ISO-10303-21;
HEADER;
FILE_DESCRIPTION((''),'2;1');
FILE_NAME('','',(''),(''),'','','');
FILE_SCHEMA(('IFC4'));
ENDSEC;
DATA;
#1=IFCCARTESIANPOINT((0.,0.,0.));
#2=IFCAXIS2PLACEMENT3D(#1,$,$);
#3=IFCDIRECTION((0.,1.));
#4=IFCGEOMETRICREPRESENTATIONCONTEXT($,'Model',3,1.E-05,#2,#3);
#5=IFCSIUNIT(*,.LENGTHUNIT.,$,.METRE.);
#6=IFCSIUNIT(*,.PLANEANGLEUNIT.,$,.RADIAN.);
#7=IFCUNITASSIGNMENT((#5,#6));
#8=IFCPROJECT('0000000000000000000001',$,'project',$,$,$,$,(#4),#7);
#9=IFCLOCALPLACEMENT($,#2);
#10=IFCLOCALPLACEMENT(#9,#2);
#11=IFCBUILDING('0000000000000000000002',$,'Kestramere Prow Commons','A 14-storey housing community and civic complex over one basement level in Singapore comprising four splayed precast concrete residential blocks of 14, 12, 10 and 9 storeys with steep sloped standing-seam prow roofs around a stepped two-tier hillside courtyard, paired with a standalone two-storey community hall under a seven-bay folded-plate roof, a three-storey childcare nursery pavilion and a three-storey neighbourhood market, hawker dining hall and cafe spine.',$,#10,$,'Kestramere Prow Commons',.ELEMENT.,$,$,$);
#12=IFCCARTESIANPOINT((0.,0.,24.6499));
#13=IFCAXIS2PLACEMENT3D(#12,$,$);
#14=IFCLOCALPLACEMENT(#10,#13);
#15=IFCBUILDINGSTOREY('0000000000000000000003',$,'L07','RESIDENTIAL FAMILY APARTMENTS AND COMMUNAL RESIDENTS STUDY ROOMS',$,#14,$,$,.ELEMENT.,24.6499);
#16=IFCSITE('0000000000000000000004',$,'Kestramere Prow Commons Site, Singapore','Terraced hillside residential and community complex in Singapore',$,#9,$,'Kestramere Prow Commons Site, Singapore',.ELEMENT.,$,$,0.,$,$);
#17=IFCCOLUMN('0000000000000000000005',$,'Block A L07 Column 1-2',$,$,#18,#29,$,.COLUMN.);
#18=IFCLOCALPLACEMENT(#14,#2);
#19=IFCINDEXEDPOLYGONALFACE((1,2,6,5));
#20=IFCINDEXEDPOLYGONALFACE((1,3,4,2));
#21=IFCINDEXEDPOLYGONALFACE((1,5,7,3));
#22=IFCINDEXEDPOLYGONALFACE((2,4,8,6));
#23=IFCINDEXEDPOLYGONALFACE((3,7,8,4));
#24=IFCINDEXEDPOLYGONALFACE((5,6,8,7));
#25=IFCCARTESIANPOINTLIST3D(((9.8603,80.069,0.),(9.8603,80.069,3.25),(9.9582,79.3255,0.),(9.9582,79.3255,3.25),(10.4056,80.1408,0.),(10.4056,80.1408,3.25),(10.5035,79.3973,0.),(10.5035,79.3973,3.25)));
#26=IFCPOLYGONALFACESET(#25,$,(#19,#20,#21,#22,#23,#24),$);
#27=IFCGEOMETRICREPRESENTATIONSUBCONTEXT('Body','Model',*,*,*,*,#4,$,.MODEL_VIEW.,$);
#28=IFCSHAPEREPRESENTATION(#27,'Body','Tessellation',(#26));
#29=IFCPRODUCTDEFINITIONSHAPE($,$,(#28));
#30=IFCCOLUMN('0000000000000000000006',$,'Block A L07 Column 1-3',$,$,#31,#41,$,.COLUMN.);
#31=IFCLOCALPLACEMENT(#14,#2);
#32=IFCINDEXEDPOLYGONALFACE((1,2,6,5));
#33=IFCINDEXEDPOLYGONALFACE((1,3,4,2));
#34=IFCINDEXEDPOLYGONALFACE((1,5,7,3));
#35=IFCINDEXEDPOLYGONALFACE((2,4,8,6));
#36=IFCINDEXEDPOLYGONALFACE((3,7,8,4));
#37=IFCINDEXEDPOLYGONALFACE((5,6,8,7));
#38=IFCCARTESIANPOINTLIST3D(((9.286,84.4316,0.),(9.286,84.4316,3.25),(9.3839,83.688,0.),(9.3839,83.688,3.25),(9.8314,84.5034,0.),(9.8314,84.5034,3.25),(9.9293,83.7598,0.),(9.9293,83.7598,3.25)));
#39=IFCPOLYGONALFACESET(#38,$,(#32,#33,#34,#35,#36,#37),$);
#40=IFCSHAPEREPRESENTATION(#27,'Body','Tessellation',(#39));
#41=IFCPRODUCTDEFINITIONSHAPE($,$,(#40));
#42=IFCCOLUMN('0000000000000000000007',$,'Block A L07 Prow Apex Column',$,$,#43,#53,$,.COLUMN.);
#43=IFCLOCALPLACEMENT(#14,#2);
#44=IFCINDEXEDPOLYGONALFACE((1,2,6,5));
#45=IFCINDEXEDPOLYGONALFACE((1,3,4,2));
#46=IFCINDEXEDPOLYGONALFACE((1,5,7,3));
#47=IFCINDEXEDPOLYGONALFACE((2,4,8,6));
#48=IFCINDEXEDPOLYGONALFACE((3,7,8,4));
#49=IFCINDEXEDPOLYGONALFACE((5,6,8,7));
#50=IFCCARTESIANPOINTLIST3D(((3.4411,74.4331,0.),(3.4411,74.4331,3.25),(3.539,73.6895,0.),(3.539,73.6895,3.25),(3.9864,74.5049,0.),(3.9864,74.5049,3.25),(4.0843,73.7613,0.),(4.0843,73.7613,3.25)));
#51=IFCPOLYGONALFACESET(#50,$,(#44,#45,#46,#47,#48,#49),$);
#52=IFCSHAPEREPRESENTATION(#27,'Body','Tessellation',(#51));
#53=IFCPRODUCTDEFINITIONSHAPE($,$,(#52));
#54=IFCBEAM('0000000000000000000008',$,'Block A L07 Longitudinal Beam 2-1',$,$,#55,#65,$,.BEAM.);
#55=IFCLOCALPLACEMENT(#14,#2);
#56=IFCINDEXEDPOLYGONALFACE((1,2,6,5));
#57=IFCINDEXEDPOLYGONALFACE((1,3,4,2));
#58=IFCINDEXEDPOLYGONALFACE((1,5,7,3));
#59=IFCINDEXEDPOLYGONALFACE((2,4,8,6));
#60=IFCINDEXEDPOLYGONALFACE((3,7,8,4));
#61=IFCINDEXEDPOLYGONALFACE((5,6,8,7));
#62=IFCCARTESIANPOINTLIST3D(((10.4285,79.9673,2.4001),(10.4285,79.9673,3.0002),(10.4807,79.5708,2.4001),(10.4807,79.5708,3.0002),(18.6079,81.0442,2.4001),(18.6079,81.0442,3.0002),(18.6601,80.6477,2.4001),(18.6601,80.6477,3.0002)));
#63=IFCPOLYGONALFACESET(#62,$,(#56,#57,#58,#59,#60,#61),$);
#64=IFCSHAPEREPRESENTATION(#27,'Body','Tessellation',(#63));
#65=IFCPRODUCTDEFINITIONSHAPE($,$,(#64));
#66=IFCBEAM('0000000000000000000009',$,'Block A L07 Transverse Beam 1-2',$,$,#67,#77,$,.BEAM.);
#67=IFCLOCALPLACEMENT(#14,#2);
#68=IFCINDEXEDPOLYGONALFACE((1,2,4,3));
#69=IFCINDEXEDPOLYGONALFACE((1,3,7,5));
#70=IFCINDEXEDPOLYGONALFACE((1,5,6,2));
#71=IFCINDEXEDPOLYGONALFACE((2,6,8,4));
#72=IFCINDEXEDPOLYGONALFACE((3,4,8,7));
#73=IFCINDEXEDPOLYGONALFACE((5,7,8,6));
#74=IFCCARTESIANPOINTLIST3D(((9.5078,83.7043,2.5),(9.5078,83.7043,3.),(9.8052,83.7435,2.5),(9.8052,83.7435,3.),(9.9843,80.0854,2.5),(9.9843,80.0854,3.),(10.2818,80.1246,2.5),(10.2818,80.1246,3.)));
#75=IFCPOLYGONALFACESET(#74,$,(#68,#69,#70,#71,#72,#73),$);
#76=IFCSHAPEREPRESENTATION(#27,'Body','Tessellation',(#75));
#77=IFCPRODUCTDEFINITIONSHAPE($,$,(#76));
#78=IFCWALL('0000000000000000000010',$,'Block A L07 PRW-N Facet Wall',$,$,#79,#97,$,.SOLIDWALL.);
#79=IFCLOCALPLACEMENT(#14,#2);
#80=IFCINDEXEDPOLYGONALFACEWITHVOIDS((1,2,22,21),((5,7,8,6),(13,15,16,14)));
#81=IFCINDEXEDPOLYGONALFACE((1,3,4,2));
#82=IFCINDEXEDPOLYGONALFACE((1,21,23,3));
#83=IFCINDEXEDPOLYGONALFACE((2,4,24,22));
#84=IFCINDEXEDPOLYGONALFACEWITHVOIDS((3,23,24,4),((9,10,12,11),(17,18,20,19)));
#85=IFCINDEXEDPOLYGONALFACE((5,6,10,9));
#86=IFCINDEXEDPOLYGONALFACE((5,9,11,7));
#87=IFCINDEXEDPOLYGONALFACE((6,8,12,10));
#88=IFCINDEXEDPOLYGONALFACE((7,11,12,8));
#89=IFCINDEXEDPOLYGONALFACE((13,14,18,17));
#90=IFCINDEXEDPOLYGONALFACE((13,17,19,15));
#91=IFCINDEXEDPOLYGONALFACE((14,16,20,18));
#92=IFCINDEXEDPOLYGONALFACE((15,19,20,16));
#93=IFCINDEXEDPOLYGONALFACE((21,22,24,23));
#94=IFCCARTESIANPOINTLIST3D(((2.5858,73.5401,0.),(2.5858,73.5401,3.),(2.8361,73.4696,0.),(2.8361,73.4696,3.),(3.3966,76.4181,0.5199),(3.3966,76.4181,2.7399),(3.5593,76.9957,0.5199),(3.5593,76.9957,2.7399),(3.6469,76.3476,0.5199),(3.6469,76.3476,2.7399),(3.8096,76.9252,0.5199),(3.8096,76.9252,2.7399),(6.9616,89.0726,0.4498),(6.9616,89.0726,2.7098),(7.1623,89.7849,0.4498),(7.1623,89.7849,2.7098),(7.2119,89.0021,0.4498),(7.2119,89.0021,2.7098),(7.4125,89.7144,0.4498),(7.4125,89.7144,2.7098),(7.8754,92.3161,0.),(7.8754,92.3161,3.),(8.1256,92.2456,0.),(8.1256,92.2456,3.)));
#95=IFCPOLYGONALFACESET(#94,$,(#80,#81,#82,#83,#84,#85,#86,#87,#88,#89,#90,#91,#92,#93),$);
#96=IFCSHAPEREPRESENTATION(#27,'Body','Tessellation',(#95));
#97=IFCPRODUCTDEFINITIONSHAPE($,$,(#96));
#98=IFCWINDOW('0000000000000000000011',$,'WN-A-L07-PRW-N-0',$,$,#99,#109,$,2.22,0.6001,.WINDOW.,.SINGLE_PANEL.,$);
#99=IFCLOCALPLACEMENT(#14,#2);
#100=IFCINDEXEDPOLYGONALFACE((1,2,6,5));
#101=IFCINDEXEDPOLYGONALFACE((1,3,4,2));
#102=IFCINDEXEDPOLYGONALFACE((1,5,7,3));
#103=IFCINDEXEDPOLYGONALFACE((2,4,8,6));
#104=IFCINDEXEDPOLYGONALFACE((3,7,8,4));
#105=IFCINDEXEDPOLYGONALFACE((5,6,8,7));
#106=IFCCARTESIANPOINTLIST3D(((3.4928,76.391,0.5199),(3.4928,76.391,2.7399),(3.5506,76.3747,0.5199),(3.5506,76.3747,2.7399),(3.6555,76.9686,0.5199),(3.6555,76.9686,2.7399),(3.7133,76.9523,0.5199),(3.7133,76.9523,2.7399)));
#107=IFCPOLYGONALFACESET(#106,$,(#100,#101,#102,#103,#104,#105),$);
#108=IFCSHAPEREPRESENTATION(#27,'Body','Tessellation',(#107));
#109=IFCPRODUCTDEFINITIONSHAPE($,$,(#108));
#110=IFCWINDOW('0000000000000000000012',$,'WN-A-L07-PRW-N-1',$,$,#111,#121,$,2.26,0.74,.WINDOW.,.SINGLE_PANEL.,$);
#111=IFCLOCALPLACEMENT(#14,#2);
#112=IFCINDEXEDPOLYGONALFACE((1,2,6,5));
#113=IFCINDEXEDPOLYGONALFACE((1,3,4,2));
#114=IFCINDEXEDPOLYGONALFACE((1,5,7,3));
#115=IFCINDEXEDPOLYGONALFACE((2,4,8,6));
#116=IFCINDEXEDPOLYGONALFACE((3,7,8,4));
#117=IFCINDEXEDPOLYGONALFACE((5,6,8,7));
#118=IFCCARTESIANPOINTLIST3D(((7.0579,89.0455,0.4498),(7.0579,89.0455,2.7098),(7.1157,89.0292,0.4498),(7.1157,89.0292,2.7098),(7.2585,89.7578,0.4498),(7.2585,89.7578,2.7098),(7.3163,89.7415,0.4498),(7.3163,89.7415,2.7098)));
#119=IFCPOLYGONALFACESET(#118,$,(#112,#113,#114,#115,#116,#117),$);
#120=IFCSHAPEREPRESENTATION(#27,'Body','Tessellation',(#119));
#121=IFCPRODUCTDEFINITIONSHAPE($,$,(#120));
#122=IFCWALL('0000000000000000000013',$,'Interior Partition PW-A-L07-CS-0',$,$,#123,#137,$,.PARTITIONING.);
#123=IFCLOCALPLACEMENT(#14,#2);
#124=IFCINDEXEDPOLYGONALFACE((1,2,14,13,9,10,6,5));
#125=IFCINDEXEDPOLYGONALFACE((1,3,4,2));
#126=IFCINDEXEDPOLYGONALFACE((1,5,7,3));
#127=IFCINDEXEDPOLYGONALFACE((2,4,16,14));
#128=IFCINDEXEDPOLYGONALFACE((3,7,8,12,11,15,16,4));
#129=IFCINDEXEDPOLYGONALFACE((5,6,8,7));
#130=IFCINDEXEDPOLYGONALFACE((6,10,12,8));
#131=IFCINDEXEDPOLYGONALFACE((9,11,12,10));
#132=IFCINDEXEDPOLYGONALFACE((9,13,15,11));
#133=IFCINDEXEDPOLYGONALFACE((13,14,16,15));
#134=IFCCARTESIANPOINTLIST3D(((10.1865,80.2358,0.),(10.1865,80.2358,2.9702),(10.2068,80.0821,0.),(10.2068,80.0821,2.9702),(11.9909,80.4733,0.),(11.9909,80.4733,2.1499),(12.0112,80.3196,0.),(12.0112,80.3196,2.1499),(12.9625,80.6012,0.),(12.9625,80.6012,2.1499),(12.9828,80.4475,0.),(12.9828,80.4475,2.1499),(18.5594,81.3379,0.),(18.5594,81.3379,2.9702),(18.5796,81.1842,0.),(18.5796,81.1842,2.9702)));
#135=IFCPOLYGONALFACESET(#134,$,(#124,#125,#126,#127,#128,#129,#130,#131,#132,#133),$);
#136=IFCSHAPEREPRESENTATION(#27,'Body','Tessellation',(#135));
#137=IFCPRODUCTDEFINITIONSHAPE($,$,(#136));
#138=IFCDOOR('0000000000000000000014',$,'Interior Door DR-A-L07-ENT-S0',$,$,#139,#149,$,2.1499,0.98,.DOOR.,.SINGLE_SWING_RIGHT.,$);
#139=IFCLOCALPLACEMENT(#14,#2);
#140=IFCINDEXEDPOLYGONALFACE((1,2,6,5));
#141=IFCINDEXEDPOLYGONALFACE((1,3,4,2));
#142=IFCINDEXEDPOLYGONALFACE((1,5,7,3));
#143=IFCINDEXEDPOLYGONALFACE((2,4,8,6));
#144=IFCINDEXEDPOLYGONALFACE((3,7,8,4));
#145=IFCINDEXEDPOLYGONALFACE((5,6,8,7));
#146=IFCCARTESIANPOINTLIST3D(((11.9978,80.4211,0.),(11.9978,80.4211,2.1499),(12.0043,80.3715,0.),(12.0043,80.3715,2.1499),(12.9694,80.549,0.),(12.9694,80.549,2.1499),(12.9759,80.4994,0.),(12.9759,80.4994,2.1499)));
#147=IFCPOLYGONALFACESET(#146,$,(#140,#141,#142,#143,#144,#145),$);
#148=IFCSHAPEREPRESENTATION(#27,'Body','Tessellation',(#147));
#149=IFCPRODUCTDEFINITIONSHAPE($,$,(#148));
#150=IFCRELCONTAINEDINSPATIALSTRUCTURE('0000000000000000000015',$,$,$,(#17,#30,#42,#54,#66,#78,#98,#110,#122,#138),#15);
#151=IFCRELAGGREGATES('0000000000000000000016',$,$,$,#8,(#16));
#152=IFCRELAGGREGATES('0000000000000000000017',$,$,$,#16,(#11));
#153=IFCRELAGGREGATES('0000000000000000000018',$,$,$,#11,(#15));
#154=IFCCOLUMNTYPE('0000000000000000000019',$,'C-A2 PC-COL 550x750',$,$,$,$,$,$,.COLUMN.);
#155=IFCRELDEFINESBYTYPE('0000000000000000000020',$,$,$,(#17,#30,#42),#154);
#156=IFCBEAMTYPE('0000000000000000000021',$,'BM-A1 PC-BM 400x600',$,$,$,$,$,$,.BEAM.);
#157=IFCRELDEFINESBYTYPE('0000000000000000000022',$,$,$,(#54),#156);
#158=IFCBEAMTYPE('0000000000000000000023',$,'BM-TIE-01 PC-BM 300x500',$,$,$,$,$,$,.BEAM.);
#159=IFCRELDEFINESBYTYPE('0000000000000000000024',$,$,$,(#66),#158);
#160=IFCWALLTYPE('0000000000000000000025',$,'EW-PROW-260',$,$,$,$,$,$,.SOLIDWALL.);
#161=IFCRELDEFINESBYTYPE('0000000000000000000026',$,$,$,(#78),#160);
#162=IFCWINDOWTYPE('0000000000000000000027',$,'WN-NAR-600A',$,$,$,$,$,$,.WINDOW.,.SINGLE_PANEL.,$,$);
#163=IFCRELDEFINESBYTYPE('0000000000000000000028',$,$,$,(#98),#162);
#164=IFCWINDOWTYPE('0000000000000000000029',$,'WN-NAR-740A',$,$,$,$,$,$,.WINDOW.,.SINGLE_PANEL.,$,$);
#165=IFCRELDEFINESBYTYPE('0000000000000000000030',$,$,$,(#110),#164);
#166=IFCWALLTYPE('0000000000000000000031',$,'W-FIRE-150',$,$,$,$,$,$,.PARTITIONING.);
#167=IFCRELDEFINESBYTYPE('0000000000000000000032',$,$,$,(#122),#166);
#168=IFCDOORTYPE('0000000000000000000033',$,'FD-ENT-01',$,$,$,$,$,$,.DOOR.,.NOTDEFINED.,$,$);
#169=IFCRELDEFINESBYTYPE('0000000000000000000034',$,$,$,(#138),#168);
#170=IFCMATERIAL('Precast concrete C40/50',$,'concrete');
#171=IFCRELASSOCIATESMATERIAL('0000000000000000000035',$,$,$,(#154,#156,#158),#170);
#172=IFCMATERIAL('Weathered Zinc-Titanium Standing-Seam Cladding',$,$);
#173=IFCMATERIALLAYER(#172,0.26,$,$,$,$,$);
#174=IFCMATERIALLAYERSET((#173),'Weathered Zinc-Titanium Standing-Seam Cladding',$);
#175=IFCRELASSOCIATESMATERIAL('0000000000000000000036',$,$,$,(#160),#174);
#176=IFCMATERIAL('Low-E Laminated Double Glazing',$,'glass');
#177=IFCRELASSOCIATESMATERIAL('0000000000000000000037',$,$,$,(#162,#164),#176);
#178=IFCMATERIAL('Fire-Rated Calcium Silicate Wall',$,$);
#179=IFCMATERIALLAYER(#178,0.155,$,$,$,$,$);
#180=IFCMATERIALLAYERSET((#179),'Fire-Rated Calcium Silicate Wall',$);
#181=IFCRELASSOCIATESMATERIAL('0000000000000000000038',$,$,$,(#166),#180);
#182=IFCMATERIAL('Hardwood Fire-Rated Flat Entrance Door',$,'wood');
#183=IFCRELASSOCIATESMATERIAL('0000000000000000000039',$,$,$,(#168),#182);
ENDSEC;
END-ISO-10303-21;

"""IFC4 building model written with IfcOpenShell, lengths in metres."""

from ifc_helpers import new_model, si_unit, direction, frame, frame_2d, origin, origin_2d, place, context, subcontext, project, spatial, rectangle, extrude, material, layer, layer_set, material_profile, profile_set, type_object, element, fill, save


model = new_model("IFC4")

# Units and contexts
model_context = context("Model", 3, precision=1e-05, world=origin(), true_north=direction((0.0, 1.0)))
body_context = subcontext(model_context, "Body", "Model", "MODEL_VIEW")
ifc_project = project(units=[si_unit("LENGTHUNIT", "METRE"), si_unit("PLANEANGLEUNIT", "RADIAN")], contexts=[model_context])

# Site, building, storey
site_placement = place(None, origin())
site = spatial("IfcSite", under=ifc_project, at=site_placement, Name="Kestramere Prow Commons Site, Singapore", Description="Terraced hillside residential and community complex in Singapore", LongName="Kestramere Prow Commons Site, Singapore", CompositionType="ELEMENT", RefElevation=0.0)
building_placement = place(site_placement, origin())
building = spatial("IfcBuilding", under=site, at=building_placement, Name="Kestramere Prow Commons", Description="A 14-storey housing community and civic complex over one basement level in Singapore comprising four splayed precast concrete residential blocks of 14, 12, 10 and 9 storeys with steep sloped standing-seam prow roofs around a stepped two-tier hillside courtyard, paired with a standalone two-storey community hall under a seven-bay folded-plate roof, a three-storey childcare nursery pavilion and a three-storey neighbourhood market, hawker dining hall and cafe spine.", LongName="Kestramere Prow Commons", CompositionType="ELEMENT")
storey_placement = place(building_placement, frame((0.0, 0.0, 24.6499)))
storey = spatial("IfcBuildingStorey", under=building, at=storey_placement, Name="L07", Description="RESIDENTIAL FAMILY APARTMENTS AND COMMUNAL RESIDENTS STUDY ROOMS", CompositionType="ELEMENT", Elevation=24.6499)

# Columns
ifc_material_1 = material(Name="Precast concrete C40/50", Category="concrete")
ifc_material_profile_1 = material_profile(ifc_material_1, rectangle(XDim=0.55, YDim=0.75, at=origin_2d()), Name="PC-COL 550x750")
ifc_profile_set_1 = profile_set([ifc_material_profile_1], Name="Precast concrete C40/50")
column_type = type_object("IfcColumnType", Name="C-A2 PC-COL 550x750", PredefinedType="COLUMN", material=ifc_profile_set_1)
for number, where, z_axis, x_axis, name in (
    (1, (10.1819, 79.7332, 0.0), (0.0, 0.0, 1.0), (0.991445, 0.130526, 0.0), "Block A L07 Column 1-2"),
    (2, (9.6077, 84.0957, 0.0), (0.0, 0.0, 1.0), (0.991445, 0.130526, 0.0), "Block A L07 Column 1-3"),
    (3, (3.7627, 74.0972, 0.0), (0.0, 0.0, 1.0), (0.991445, 0.130526, 0.0), "Block A L07 Prow Apex Column"),
):
    element("IfcColumn", number, at=place(storey_placement, frame(where, z_axis=z_axis, x_axis=x_axis)), inside=storey, type_object=column_type, Name=name, PredefinedType="COLUMN", context=body_context, shape_type="SweptSolid", body=[
        extrude(rectangle(XDim=0.55, YDim=0.75, at=origin_2d()), origin(), (0.0, 0.0, 1.0), 3.25),
    ])

# Beams
ifc_material_profile_2 = material_profile(ifc_material_1, rectangle(XDim=0.3999, YDim=0.6001, at=origin_2d()), Name="PC-BM 400x600")
ifc_profile_set_2 = profile_set([ifc_material_profile_2], Name="Precast concrete C40/50")
beam_type_1 = type_object("IfcBeamType", Name="BM-A1 PC-BM 400x600", PredefinedType="BEAM", material=ifc_profile_set_2)
beam_1_placement = place(storey_placement, frame((10.4546, 79.769, 2.7002), z_axis=(0.991444, 0.130533, 0.0), x_axis=(-0.130533, 0.991444, 0.0)))
element("IfcBeam", 4, at=beam_1_placement, inside=storey, type_object=beam_type_1, Name="Block A L07 Longitudinal Beam 2-1", PredefinedType="BEAM", context=body_context, shape_type="SweptSolid", body=[
    extrude(rectangle(XDim=0.3999, YDim=0.6001, at=origin_2d()), origin(), (0.0, 0.0, 1.0), 8.25),
])
ifc_material_profile_3 = material_profile(ifc_material_1, rectangle(XDim=0.3, YDim=0.5, at=origin_2d()), Name="PC-BM 300x500")
ifc_profile_set_3 = profile_set([ifc_material_profile_3], Name="Precast concrete C40/50")
beam_type_2 = type_object("IfcBeamType", Name="BM-TIE-01 PC-BM 300x500", PredefinedType="BEAM", material=ifc_profile_set_3)
beam_2_placement = place(storey_placement, frame((10.1331, 80.105, 2.75), z_axis=(-0.13056, 0.99144, 0.0), x_axis=(-0.99144, -0.13056, 0.0)))
element("IfcBeam", 5, at=beam_2_placement, inside=storey, type_object=beam_type_2, Name="Block A L07 Transverse Beam 1-2", PredefinedType="BEAM", context=body_context, shape_type="SweptSolid", body=[
    extrude(rectangle(XDim=0.3, YDim=0.5, at=origin_2d()), origin(), (0.0, 0.0, 1.0), 3.6501),
])

# Wall, openings, windows
ifc_material_2 = material(Name="Weathered Zinc-Titanium Standing-Seam Cladding")
ifc_layer_1 = layer(ifc_material_2, 0.26)
ifc_layer_set_1 = layer_set([ifc_layer_1], Name="Weathered Zinc-Titanium Standing-Seam Cladding")
wall_type_1 = type_object("IfcWallType", Name="EW-PROW-260", PredefinedType="SOLIDWALL", material=ifc_layer_set_1)
wall_1_placement = place(storey_placement, frame((2.7109, 73.5049, 0.0), z_axis=(0.0, 0.0, 1.0), x_axis=(0.271165, 0.962533, 0.0)))
wall_1 = element("IfcWall", 6, at=wall_1_placement, inside=storey, type_object=wall_type_1, Name="Block A L07 PRW-N Facet Wall", PredefinedType="SOLIDWALL", context=body_context, shape_type="SweptSolid", body=[
    extrude(rectangle(XDim=19.5068, YDim=0.26, at=frame_2d((9.7534, 0.0))), origin(), (0.0, 0.0, 1.0), 3.0),
])
opening_1_placement = place(wall_1_placement, frame((2.99, 0.0, 0.52)))
opening_1 = element("IfcOpeningElement", 7, at=opening_1_placement, cuts=wall_1, PredefinedType="OPENING", context=body_context, shape_type="SweptSolid", body=[
    extrude(rectangle(XDim=0.6001, YDim=2.22, at=frame_2d((0.3, 1.1099))), frame((0.0, 0.145, 0.0), z_axis=(0.0, -1.0, 0.0), x_axis=(1.0, 0.0, 0.0)), (0.0, 0.0, 1.0), 0.29),
])
opening_2_placement = place(wall_1_placement, frame((16.137, 0.0, 0.45)))
opening_2 = element("IfcOpeningElement", 8, at=opening_2_placement, cuts=wall_1, PredefinedType="OPENING", context=body_context, shape_type="SweptSolid", body=[
    extrude(rectangle(XDim=0.74, YDim=2.26, at=frame_2d((0.3701, 1.1299))), frame((0.0, 0.145, 0.0), z_axis=(0.0, -1.0, 0.0), x_axis=(1.0, 0.0, 0.0)), (0.0, 0.0, 1.0), 0.29),
])
ifc_material_3 = material(Name="Low-E Laminated Double Glazing", Category="glass")
window_type_1 = type_object("IfcWindowType", Name="WN-NAR-600A", PartitioningType="SINGLE_PANEL", PredefinedType="WINDOW", material=ifc_material_3)
window_1_placement = place(opening_1_placement, origin())
window_1 = element("IfcWindow", 9, at=window_1_placement, inside=storey, type_object=window_type_1, Name="WN-A-L07-PRW-N-0", OverallHeight=2.22, OverallWidth=0.6001, PartitioningType="SINGLE_PANEL", PredefinedType="WINDOW", context=body_context, shape_type="SweptSolid", body=[
    extrude(rectangle(XDim=0.6001, YDim=2.22, at=frame_2d((0.3, 1.1099))), frame((0.0, 0.03, 0.0), z_axis=(0.0, -1.0, 0.0), x_axis=(1.0, 0.0, 0.0)), (0.0, 0.0, 1.0), 0.0601),
])
fill(opening_1, window_1)
window_type_2 = type_object("IfcWindowType", Name="WN-NAR-740A", PartitioningType="SINGLE_PANEL", PredefinedType="WINDOW", material=ifc_material_3)
window_2_placement = place(opening_2_placement, origin())
window_2 = element("IfcWindow", 10, at=window_2_placement, inside=storey, type_object=window_type_2, Name="WN-A-L07-PRW-N-1", OverallHeight=2.26, OverallWidth=0.74, PartitioningType="SINGLE_PANEL", PredefinedType="WINDOW", context=body_context, shape_type="SweptSolid", body=[
    extrude(rectangle(XDim=0.74, YDim=2.26, at=frame_2d((0.3701, 1.1299))), frame((0.0, 0.03, 0.0), z_axis=(0.0, -1.0, 0.0), x_axis=(1.0, 0.0, 0.0)), (0.0, 0.0, 1.0), 0.0601),
])
fill(opening_2, window_2)

# Wall, opening, door
ifc_material_4 = material(Name="Fire-Rated Calcium Silicate Wall")
ifc_layer_2 = layer(ifc_material_4, 0.155)
ifc_layer_set_2 = layer_set([ifc_layer_2], Name="Fire-Rated Calcium Silicate Wall")
wall_type_2 = type_object("IfcWallType", Name="W-FIRE-150", PredefinedType="PARTITIONING", material=ifc_layer_set_2)
wall_2_placement = place(storey_placement, frame((10.1965, 80.1589, 0.0), z_axis=(0.0, 0.0, 1.0), x_axis=(0.991449, 0.130497, 0.0)))
wall_2 = element("IfcWall", 11, at=wall_2_placement, inside=storey, type_object=wall_type_2, Name="Interior Partition PW-A-L07-CS-0", PredefinedType="PARTITIONING", context=body_context, shape_type="SweptSolid", body=[
    extrude(rectangle(XDim=8.4451, YDim=0.155, at=frame_2d((4.2227, 0.0))), origin(), (0.0, 0.0, 1.0), 2.9702),
])
opening_3_placement = place(wall_2_placement, frame((1.8201, 0.0, 0.0)))
opening_3 = element("IfcOpeningElement", 12, at=opening_3_placement, cuts=wall_2, PredefinedType="OPENING", context=body_context, shape_type="SweptSolid", body=[
    extrude(rectangle(XDim=0.98, YDim=2.1499, at=frame_2d((0.49, 1.075))), frame((0.0, 0.0925, 0.0), z_axis=(0.0, -1.0, 0.0), x_axis=(1.0, 0.0, 0.0)), (0.0, 0.0, 1.0), 0.1851),
])
ifc_material_5 = material(Name="Hardwood Fire-Rated Flat Entrance Door", Category="wood")
door_type_1 = type_object("IfcDoorType", Name="FD-ENT-01", OperationType="NOTDEFINED", PredefinedType="DOOR", material=ifc_material_5)
door_1_placement = place(opening_3_placement, origin())
door_1 = element("IfcDoor", 13, at=door_1_placement, inside=storey, type_object=door_type_1, Name="Interior Door DR-A-L07-ENT-S0", OperationType="SINGLE_SWING_RIGHT", OverallHeight=2.1499, OverallWidth=0.98, PredefinedType="DOOR", context=body_context, shape_type="SweptSolid", body=[
    extrude(rectangle(XDim=0.98, YDim=2.1499, at=frame_2d((0.49, 1.075))), frame((0.0, 0.0249, 0.0), z_axis=(0.0, -1.0, 0.0), x_axis=(1.0, 0.0, 0.0)), (0.0, 0.0, 1.0), 0.05),
])
fill(opening_3, door_1)

save(model, "model.ifc")
